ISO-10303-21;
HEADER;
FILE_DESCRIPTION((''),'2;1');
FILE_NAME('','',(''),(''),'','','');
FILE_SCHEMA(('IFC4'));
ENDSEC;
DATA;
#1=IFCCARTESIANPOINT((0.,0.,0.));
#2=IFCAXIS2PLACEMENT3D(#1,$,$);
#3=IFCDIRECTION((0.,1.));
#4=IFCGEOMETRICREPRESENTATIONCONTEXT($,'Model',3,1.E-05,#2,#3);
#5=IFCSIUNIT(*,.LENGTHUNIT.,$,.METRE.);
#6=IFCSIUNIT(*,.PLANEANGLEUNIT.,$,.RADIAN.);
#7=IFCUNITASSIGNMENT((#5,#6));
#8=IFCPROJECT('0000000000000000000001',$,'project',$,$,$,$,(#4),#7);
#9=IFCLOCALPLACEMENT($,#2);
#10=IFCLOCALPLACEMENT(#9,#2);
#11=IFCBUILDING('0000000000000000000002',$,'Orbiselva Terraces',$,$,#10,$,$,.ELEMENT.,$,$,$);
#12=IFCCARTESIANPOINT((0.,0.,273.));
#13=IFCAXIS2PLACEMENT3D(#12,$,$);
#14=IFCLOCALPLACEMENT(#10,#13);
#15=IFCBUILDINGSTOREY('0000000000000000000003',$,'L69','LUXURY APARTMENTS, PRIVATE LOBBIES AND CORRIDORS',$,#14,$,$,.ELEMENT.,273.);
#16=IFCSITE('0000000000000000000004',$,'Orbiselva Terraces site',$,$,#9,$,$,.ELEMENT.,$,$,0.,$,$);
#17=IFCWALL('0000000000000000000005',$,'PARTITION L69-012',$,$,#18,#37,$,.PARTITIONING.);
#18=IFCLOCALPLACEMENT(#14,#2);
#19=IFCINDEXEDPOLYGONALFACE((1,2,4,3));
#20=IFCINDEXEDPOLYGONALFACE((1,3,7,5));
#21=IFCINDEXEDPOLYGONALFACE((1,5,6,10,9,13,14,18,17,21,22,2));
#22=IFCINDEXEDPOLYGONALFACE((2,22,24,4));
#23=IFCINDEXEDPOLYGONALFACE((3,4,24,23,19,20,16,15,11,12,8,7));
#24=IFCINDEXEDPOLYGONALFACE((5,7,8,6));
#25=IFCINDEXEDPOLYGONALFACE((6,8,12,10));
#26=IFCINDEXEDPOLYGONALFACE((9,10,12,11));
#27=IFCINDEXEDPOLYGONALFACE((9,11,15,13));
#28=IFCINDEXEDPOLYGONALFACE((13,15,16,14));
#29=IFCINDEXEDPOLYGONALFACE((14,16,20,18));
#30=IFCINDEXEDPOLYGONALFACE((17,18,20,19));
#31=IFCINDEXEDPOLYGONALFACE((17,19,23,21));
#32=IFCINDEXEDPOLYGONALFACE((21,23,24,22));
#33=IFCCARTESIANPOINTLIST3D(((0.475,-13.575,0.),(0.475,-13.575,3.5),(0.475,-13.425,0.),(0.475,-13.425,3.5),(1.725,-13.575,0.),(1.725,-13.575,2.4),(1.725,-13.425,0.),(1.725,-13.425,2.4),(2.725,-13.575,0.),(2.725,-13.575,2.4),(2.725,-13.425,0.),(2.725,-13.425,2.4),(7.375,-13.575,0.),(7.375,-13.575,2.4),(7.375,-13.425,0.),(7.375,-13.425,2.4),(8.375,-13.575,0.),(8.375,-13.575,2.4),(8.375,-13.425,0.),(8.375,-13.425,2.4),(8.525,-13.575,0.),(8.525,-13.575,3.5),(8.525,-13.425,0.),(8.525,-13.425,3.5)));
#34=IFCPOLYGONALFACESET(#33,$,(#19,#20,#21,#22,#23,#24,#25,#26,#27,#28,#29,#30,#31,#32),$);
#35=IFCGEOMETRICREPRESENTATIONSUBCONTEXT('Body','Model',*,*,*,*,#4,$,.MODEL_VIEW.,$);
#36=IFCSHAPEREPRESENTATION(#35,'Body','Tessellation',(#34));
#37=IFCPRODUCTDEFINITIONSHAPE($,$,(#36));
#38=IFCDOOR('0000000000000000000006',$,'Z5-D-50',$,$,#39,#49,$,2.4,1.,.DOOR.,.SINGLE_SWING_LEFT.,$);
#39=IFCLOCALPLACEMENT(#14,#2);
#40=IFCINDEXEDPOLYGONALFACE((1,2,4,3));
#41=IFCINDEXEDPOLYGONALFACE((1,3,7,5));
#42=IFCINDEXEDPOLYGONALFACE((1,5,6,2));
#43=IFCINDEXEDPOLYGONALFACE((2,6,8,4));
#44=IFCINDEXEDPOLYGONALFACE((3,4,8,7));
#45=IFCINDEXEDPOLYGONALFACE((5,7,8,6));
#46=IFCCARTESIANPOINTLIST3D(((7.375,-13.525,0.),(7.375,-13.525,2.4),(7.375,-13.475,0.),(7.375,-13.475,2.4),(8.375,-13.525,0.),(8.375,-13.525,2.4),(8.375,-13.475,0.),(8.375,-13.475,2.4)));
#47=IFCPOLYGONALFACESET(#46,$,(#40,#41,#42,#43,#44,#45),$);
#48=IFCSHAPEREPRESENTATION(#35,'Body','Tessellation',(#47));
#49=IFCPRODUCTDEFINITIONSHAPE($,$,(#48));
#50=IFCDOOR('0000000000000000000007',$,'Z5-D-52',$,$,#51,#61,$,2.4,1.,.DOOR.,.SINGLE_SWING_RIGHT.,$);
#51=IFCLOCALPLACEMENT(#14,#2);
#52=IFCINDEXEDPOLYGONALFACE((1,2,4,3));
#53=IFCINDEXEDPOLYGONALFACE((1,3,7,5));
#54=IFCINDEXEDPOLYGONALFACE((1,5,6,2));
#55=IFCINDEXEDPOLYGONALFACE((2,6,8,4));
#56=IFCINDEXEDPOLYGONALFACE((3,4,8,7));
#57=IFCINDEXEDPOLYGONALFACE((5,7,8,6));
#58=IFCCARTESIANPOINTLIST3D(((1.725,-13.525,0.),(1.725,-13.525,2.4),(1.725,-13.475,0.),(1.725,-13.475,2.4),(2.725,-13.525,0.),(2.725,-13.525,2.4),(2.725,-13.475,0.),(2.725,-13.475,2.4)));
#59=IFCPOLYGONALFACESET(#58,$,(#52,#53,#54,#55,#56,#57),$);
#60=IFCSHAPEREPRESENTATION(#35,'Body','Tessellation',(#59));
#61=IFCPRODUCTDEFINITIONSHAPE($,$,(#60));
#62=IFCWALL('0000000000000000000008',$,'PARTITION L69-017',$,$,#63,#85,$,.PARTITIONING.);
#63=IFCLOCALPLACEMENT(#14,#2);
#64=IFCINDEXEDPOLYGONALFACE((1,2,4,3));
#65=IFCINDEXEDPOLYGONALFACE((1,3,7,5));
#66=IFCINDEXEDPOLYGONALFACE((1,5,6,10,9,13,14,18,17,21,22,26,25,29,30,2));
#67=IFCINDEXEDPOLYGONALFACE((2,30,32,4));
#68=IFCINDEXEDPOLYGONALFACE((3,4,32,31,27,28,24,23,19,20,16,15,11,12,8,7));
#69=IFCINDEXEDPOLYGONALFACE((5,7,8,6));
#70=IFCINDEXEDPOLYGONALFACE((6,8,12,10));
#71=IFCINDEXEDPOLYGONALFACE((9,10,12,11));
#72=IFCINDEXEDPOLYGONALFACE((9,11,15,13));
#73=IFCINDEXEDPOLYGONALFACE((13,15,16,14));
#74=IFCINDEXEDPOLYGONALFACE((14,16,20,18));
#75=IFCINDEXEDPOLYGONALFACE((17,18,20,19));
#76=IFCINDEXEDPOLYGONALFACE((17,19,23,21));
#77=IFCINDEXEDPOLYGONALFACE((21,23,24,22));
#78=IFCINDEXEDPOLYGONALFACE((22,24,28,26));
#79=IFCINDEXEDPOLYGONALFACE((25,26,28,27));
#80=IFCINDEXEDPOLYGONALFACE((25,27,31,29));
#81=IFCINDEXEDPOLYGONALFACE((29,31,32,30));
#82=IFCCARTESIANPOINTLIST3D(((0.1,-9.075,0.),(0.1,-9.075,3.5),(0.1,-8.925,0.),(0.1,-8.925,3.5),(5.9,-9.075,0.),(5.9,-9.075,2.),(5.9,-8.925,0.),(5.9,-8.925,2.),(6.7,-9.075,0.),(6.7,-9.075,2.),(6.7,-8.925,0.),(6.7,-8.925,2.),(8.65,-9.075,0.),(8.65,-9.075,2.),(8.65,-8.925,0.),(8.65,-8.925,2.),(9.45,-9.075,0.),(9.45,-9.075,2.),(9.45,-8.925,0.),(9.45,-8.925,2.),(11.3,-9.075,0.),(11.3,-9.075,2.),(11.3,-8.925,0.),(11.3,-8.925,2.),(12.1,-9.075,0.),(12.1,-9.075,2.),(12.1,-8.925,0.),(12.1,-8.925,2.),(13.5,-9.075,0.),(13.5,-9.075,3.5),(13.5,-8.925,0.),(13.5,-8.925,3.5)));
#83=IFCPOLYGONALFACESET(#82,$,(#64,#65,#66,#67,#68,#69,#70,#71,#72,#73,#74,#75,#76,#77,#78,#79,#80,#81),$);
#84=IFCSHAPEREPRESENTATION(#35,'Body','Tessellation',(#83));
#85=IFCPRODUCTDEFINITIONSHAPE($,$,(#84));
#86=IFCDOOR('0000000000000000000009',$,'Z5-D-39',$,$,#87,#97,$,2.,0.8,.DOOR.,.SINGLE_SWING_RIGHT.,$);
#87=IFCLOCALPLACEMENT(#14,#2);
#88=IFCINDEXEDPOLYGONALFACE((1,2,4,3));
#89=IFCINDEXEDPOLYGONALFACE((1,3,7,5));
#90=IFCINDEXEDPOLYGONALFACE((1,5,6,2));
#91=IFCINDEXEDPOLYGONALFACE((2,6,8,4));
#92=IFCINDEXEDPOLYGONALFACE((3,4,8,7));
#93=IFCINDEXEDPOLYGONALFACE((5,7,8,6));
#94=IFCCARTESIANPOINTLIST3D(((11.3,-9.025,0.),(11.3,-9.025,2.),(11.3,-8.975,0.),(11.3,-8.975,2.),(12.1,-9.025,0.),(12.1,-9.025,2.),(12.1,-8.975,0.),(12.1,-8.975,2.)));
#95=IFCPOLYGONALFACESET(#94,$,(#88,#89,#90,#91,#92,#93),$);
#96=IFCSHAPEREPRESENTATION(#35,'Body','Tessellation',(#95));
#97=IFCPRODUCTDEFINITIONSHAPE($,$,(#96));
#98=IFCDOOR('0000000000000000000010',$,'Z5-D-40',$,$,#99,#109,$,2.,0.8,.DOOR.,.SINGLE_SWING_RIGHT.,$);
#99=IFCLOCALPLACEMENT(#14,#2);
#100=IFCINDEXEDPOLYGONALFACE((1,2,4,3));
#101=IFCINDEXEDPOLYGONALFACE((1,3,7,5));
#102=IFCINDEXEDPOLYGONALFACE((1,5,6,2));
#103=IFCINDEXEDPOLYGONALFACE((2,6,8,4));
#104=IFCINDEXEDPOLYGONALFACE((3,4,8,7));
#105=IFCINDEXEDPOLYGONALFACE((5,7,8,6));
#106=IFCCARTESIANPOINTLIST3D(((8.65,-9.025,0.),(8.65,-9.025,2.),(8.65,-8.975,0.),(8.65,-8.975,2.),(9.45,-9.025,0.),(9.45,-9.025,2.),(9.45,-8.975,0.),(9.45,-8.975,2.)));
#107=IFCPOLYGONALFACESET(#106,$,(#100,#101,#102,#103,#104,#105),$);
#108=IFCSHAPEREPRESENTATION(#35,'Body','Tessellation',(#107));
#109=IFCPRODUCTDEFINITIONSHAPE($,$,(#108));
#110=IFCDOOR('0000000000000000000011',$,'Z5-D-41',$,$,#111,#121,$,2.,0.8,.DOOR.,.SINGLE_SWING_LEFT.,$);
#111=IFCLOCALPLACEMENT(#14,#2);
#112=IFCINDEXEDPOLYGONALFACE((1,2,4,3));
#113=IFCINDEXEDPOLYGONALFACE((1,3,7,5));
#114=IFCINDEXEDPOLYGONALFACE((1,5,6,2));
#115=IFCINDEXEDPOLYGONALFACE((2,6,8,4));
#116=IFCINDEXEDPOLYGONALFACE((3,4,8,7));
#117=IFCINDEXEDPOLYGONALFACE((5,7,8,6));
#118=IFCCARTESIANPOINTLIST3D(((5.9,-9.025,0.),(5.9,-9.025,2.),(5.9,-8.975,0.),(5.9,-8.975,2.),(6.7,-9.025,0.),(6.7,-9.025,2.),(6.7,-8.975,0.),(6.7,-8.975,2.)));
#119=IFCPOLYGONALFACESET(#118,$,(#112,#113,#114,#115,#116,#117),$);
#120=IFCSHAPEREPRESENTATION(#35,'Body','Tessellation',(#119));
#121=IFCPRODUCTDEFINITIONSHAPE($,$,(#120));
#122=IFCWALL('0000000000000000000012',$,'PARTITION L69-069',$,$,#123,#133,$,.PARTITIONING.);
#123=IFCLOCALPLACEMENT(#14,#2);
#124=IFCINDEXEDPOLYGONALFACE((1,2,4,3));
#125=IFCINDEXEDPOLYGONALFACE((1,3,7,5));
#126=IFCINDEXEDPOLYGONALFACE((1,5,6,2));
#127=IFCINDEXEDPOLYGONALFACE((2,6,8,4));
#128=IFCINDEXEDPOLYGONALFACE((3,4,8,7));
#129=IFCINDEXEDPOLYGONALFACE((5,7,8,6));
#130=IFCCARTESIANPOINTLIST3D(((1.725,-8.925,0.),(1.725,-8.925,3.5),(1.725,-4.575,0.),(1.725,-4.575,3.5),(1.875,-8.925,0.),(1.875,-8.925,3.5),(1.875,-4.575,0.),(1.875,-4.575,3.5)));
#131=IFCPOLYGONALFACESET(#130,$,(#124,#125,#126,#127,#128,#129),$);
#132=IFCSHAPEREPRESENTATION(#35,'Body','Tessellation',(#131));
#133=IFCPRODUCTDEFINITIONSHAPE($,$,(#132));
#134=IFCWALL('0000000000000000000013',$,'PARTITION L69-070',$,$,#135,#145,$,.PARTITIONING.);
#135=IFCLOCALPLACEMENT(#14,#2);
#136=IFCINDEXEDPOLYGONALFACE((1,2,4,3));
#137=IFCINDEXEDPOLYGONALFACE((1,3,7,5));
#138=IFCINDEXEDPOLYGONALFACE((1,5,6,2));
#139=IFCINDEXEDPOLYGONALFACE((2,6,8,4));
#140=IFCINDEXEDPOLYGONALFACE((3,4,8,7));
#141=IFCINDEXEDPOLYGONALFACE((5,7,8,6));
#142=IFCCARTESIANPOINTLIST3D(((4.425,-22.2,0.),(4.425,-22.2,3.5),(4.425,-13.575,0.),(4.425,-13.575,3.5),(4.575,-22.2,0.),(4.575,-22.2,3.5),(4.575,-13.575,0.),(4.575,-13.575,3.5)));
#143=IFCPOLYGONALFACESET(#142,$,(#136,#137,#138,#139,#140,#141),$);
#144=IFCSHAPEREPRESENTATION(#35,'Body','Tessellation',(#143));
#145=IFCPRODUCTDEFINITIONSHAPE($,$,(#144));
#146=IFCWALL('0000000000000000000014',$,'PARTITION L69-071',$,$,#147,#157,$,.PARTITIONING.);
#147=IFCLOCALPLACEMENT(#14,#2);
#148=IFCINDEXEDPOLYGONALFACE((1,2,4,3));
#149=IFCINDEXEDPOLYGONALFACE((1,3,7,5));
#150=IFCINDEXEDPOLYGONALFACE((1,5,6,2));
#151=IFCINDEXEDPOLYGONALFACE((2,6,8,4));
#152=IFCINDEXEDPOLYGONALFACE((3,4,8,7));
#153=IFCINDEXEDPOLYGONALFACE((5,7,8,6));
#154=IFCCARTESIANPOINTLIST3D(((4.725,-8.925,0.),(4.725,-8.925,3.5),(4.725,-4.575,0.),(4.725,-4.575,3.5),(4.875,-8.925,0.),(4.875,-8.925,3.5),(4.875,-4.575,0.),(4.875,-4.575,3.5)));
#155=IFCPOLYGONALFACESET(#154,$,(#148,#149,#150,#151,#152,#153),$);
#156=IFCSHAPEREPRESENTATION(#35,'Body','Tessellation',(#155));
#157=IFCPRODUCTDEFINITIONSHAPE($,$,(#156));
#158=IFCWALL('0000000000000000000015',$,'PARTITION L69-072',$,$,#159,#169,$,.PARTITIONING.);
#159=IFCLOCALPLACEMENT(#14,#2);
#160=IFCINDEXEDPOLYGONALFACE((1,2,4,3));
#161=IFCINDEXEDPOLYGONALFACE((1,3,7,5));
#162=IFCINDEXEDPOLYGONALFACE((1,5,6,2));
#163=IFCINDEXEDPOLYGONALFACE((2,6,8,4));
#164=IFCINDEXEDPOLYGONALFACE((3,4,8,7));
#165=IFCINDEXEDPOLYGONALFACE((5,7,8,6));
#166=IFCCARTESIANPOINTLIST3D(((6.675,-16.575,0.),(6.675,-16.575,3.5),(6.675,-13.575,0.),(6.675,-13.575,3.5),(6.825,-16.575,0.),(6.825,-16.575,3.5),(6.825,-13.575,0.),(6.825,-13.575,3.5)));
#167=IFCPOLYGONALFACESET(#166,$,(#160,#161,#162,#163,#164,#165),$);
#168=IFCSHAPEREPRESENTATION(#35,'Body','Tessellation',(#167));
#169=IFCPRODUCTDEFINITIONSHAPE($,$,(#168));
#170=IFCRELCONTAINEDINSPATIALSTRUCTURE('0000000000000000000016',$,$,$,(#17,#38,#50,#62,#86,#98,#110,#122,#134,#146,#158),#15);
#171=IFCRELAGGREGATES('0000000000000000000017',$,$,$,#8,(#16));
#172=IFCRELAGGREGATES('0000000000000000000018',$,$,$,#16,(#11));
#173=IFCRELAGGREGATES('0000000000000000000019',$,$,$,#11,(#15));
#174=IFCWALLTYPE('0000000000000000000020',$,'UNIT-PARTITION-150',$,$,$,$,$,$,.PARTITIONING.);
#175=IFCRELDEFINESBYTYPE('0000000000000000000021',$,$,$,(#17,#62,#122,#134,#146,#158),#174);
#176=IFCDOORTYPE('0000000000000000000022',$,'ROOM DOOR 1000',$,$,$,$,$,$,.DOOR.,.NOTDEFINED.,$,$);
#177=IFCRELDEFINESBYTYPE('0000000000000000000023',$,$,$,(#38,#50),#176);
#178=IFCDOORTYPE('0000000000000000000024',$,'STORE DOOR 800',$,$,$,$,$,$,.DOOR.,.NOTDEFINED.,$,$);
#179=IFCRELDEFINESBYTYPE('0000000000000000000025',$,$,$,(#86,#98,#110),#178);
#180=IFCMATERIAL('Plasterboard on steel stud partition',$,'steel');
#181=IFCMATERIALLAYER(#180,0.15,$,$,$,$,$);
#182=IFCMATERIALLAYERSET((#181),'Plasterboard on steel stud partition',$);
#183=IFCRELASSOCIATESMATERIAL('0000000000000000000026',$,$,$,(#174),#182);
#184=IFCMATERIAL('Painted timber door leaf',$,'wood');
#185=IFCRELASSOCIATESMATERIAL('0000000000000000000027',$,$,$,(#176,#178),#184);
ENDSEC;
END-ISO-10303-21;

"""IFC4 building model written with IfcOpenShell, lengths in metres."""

from ifc_helpers import new_model, si_unit, direction, frame, frame_2d, origin, place, context, subcontext, project, spatial, rectangle, extrude, material, layer, layer_set, type_object, element, fill, save


model = new_model("IFC4")

# Units and contexts
model_context = context("Model", 3, precision=1e-05, world=origin(), true_north=direction((0.0, 1.0)))
body_context = subcontext(model_context, "Body", "Model", "MODEL_VIEW")
ifc_project = project(units=[si_unit("LENGTHUNIT", "METRE"), si_unit("PLANEANGLEUNIT", "RADIAN")], contexts=[model_context])

# Site, building, storey
site_placement = place(None, origin())
site = spatial("IfcSite", under=ifc_project, at=site_placement, Name="Orbiselva Terraces site", CompositionType="ELEMENT", RefElevation=0.0)
building_placement = place(site_placement, origin())
building = spatial("IfcBuilding", under=site, at=building_placement, Name="Orbiselva Terraces", CompositionType="ELEMENT")
storey_placement = place(building_placement, frame((0.0, 0.0, 273.0)))
storey = spatial("IfcBuildingStorey", under=building, at=storey_placement, Name="L69", Description="LUXURY APARTMENTS, PRIVATE LOBBIES AND CORRIDORS", CompositionType="ELEMENT", Elevation=273.0)

# Shared definitions
ifc_material_1 = material(Name="Plasterboard on steel stud partition", Category="steel")
ifc_layer_1 = layer(ifc_material_1, 0.15)
ifc_layer_set_1 = layer_set([ifc_layer_1], Name="Plasterboard on steel stud partition")
wall_type_1 = type_object("IfcWallType", Name="UNIT-PARTITION-150", PredefinedType="PARTITIONING", material=ifc_layer_set_1)
ifc_material_2 = material(Name="Painted timber door leaf", Category="wood")

# Walls, openings, doors
wall_1_placement = place(storey_placement, frame((8.525, -13.5, 0.0), z_axis=(0.0, 0.0, 1.0), x_axis=(-1.0, 0.0, 0.0)))
wall_1 = element("IfcWall", 1, at=wall_1_placement, inside=storey, type_object=wall_type_1, Name="PARTITION L69-012", PredefinedType="PARTITIONING", context=body_context, shape_type="SweptSolid", body=[
    extrude(rectangle(XDim=8.05, YDim=0.15, at=frame_2d((4.025, 0.0))), origin(), (0.0, 0.0, 1.0), 3.5),
])
opening_1_placement = place(wall_1_placement, frame((0.15, 0.0, 0.0)))
opening_1 = element("IfcOpeningElement", 2, at=opening_1_placement, cuts=wall_1, PredefinedType="OPENING", context=body_context, shape_type="SweptSolid", body=[
    extrude(rectangle(XDim=1.0, YDim=2.4, at=frame_2d((0.5, 1.2))), frame((0.0, 0.085, 0.0), z_axis=(0.0, -1.0, 0.0), x_axis=(1.0, 0.0, 0.0)), (0.0, 0.0, 1.0), 0.17),
])
opening_2_placement = place(wall_1_placement, frame((5.8, 0.0, 0.0)))
opening_2 = element("IfcOpeningElement", 3, at=opening_2_placement, cuts=wall_1, PredefinedType="OPENING", context=body_context, shape_type="SweptSolid", body=[
    extrude(rectangle(XDim=1.0, YDim=2.4, at=frame_2d((0.5, 1.2))), frame((0.0, 0.085, 0.0), z_axis=(0.0, -1.0, 0.0), x_axis=(1.0, 0.0, 0.0)), (0.0, 0.0, 1.0), 0.17),
])
door_type_1 = type_object("IfcDoorType", Name="ROOM DOOR 1000", OperationType="NOTDEFINED", PredefinedType="DOOR", material=ifc_material_2)
door_1_placement = place(opening_1_placement, origin())
door_1 = element("IfcDoor", 4, at=door_1_placement, inside=storey, type_object=door_type_1, Name="Z5-D-50", OperationType="SINGLE_SWING_LEFT", OverallHeight=2.4, OverallWidth=1.0, PredefinedType="DOOR", context=body_context, shape_type="SweptSolid", body=[
    extrude(rectangle(XDim=1.0, YDim=2.4, at=frame_2d((0.5, 1.2))), frame((0.0, 0.025, 0.0), z_axis=(0.0, -1.0, 0.0), x_axis=(1.0, 0.0, 0.0)), (0.0, 0.0, 1.0), 0.05),
])
fill(opening_1, door_1)
door_2_placement = place(opening_2_placement, origin())
door_2 = element("IfcDoor", 5, at=door_2_placement, inside=storey, type_object=door_type_1, Name="Z5-D-52", OperationType="SINGLE_SWING_RIGHT", OverallHeight=2.4, OverallWidth=1.0, PredefinedType="DOOR", context=body_context, shape_type="SweptSolid", body=[
    extrude(rectangle(XDim=1.0, YDim=2.4, at=frame_2d((0.5, 1.2))), frame((0.0, 0.025, 0.0), z_axis=(0.0, -1.0, 0.0), x_axis=(1.0, 0.0, 0.0)), (0.0, 0.0, 1.0), 0.05),
])
fill(opening_2, door_2)
wall_2_placement = place(storey_placement, frame((0.1, -9.0, 0.0), z_axis=(0.0, 0.0, 1.0), x_axis=(1.0, 0.0, 0.0)))
wall_2 = element("IfcWall", 6, at=wall_2_placement, inside=storey, type_object=wall_type_1, Name="PARTITION L69-017", PredefinedType="PARTITIONING", context=body_context, shape_type="SweptSolid", body=[
    extrude(rectangle(XDim=13.4, YDim=0.15, at=frame_2d((6.7, 0.0))), origin(), (0.0, 0.0, 1.0), 3.5),
])
opening_3_placement = place(wall_2_placement, frame((11.2, 0.0, 0.0)))
opening_3 = element("IfcOpeningElement", 7, at=opening_3_placement, cuts=wall_2, PredefinedType="OPENING", context=body_context, shape_type="SweptSolid", body=[
    extrude(rectangle(XDim=0.8, YDim=2.0, at=frame_2d((0.4, 1.0))), frame((0.0, 0.085, 0.0), z_axis=(0.0, -1.0, 0.0), x_axis=(1.0, 0.0, 0.0)), (0.0, 0.0, 1.0), 0.17),
])
opening_4_placement = place(wall_2_placement, frame((8.55, 0.0, 0.0)))
opening_4 = element("IfcOpeningElement", 8, at=opening_4_placement, cuts=wall_2, PredefinedType="OPENING", context=body_context, shape_type="SweptSolid", body=[
    extrude(rectangle(XDim=0.8, YDim=2.0, at=frame_2d((0.4, 1.0))), frame((0.0, 0.085, 0.0), z_axis=(0.0, -1.0, 0.0), x_axis=(1.0, 0.0, 0.0)), (0.0, 0.0, 1.0), 0.17),
])
opening_5_placement = place(wall_2_placement, frame((5.8, 0.0, 0.0)))
opening_5 = element("IfcOpeningElement", 9, at=opening_5_placement, cuts=wall_2, PredefinedType="OPENING", context=body_context, shape_type="SweptSolid", body=[
    extrude(rectangle(XDim=0.8, YDim=2.0, at=frame_2d((0.4, 1.0))), frame((0.0, 0.085, 0.0), z_axis=(0.0, -1.0, 0.0), x_axis=(1.0, 0.0, 0.0)), (0.0, 0.0, 1.0), 0.17),
])
door_type_2 = type_object("IfcDoorType", Name="STORE DOOR 800", OperationType="NOTDEFINED", PredefinedType="DOOR", material=ifc_material_2)
door_3_placement = place(opening_3_placement, origin())
door_3 = element("IfcDoor", 10, at=door_3_placement, inside=storey, type_object=door_type_2, Name="Z5-D-39", OperationType="SINGLE_SWING_RIGHT", OverallHeight=2.0, OverallWidth=0.8, PredefinedType="DOOR", context=body_context, shape_type="SweptSolid", body=[
    extrude(rectangle(XDim=0.8, YDim=2.0, at=frame_2d((0.4, 1.0))), frame((0.0, 0.025, 0.0), z_axis=(0.0, -1.0, 0.0), x_axis=(1.0, 0.0, 0.0)), (0.0, 0.0, 1.0), 0.05),
])
fill(opening_3, door_3)
door_4_placement = place(opening_4_placement, origin())
door_4 = element("IfcDoor", 11, at=door_4_placement, inside=storey, type_object=door_type_2, Name="Z5-D-40", OperationType="SINGLE_SWING_RIGHT", OverallHeight=2.0, OverallWidth=0.8, PredefinedType="DOOR", context=body_context, shape_type="SweptSolid", body=[
    extrude(rectangle(XDim=0.8, YDim=2.0, at=frame_2d((0.4, 1.0))), frame((0.0, 0.025, 0.0), z_axis=(0.0, -1.0, 0.0), x_axis=(1.0, 0.0, 0.0)), (0.0, 0.0, 1.0), 0.05),
])
fill(opening_4, door_4)
door_5_placement = place(opening_5_placement, origin())
door_5 = element("IfcDoor", 12, at=door_5_placement, inside=storey, type_object=door_type_2, Name="Z5-D-41", OperationType="SINGLE_SWING_LEFT", OverallHeight=2.0, OverallWidth=0.8, PredefinedType="DOOR", context=body_context, shape_type="SweptSolid", body=[
    extrude(rectangle(XDim=0.8, YDim=2.0, at=frame_2d((0.4, 1.0))), frame((0.0, 0.025, 0.0), z_axis=(0.0, -1.0, 0.0), x_axis=(1.0, 0.0, 0.0)), (0.0, 0.0, 1.0), 0.05),
])
fill(opening_5, door_5)

# Walls
wall_3_placement = place(storey_placement, frame((1.8, -8.925, 0.0), z_axis=(0.0, 0.0, 1.0), x_axis=(0.0, 1.0, 0.0)))
element("IfcWall", 13, at=wall_3_placement, inside=storey, type_object=wall_type_1, Name="PARTITION L69-069", PredefinedType="PARTITIONING", context=body_context, shape_type="SweptSolid", body=[
    extrude(rectangle(XDim=4.35, YDim=0.15, at=frame_2d((2.175, 0.0))), origin(), (0.0, 0.0, 1.0), 3.5),
])
wall_4_placement = place(storey_placement, frame((4.5, -22.2, 0.0), z_axis=(0.0, 0.0, 1.0), x_axis=(0.0, 1.0, 0.0)))
element("IfcWall", 14, at=wall_4_placement, inside=storey, type_object=wall_type_1, Name="PARTITION L69-070", PredefinedType="PARTITIONING", context=body_context, shape_type="SweptSolid", body=[
    extrude(rectangle(XDim=8.625, YDim=0.15, at=frame_2d((4.3125, 0.0))), origin(), (0.0, 0.0, 1.0), 3.5),
])
wall_5_placement = place(storey_placement, frame((4.8, -8.925, 0.0), z_axis=(0.0, 0.0, 1.0), x_axis=(0.0, 1.0, 0.0)))
element("IfcWall", 15, at=wall_5_placement, inside=storey, type_object=wall_type_1, Name="PARTITION L69-071", PredefinedType="PARTITIONING", context=body_context, shape_type="SweptSolid", body=[
    extrude(rectangle(XDim=4.35, YDim=0.15, at=frame_2d((2.175, 0.0))), origin(), (0.0, 0.0, 1.0), 3.5),
])
wall_6_placement = place(storey_placement, frame((6.75, -16.575, 0.0), z_axis=(0.0, 0.0, 1.0), x_axis=(0.0, 1.0, 0.0)))
element("IfcWall", 16, at=wall_6_placement, inside=storey, type_object=wall_type_1, Name="PARTITION L69-072", PredefinedType="PARTITIONING", context=body_context, shape_type="SweptSolid", body=[
    extrude(rectangle(XDim=3.0, YDim=0.15, at=frame_2d((1.5, 0.0))), origin(), (0.0, 0.0, 1.0), 3.5),
])

save(model, "model.ifc")
